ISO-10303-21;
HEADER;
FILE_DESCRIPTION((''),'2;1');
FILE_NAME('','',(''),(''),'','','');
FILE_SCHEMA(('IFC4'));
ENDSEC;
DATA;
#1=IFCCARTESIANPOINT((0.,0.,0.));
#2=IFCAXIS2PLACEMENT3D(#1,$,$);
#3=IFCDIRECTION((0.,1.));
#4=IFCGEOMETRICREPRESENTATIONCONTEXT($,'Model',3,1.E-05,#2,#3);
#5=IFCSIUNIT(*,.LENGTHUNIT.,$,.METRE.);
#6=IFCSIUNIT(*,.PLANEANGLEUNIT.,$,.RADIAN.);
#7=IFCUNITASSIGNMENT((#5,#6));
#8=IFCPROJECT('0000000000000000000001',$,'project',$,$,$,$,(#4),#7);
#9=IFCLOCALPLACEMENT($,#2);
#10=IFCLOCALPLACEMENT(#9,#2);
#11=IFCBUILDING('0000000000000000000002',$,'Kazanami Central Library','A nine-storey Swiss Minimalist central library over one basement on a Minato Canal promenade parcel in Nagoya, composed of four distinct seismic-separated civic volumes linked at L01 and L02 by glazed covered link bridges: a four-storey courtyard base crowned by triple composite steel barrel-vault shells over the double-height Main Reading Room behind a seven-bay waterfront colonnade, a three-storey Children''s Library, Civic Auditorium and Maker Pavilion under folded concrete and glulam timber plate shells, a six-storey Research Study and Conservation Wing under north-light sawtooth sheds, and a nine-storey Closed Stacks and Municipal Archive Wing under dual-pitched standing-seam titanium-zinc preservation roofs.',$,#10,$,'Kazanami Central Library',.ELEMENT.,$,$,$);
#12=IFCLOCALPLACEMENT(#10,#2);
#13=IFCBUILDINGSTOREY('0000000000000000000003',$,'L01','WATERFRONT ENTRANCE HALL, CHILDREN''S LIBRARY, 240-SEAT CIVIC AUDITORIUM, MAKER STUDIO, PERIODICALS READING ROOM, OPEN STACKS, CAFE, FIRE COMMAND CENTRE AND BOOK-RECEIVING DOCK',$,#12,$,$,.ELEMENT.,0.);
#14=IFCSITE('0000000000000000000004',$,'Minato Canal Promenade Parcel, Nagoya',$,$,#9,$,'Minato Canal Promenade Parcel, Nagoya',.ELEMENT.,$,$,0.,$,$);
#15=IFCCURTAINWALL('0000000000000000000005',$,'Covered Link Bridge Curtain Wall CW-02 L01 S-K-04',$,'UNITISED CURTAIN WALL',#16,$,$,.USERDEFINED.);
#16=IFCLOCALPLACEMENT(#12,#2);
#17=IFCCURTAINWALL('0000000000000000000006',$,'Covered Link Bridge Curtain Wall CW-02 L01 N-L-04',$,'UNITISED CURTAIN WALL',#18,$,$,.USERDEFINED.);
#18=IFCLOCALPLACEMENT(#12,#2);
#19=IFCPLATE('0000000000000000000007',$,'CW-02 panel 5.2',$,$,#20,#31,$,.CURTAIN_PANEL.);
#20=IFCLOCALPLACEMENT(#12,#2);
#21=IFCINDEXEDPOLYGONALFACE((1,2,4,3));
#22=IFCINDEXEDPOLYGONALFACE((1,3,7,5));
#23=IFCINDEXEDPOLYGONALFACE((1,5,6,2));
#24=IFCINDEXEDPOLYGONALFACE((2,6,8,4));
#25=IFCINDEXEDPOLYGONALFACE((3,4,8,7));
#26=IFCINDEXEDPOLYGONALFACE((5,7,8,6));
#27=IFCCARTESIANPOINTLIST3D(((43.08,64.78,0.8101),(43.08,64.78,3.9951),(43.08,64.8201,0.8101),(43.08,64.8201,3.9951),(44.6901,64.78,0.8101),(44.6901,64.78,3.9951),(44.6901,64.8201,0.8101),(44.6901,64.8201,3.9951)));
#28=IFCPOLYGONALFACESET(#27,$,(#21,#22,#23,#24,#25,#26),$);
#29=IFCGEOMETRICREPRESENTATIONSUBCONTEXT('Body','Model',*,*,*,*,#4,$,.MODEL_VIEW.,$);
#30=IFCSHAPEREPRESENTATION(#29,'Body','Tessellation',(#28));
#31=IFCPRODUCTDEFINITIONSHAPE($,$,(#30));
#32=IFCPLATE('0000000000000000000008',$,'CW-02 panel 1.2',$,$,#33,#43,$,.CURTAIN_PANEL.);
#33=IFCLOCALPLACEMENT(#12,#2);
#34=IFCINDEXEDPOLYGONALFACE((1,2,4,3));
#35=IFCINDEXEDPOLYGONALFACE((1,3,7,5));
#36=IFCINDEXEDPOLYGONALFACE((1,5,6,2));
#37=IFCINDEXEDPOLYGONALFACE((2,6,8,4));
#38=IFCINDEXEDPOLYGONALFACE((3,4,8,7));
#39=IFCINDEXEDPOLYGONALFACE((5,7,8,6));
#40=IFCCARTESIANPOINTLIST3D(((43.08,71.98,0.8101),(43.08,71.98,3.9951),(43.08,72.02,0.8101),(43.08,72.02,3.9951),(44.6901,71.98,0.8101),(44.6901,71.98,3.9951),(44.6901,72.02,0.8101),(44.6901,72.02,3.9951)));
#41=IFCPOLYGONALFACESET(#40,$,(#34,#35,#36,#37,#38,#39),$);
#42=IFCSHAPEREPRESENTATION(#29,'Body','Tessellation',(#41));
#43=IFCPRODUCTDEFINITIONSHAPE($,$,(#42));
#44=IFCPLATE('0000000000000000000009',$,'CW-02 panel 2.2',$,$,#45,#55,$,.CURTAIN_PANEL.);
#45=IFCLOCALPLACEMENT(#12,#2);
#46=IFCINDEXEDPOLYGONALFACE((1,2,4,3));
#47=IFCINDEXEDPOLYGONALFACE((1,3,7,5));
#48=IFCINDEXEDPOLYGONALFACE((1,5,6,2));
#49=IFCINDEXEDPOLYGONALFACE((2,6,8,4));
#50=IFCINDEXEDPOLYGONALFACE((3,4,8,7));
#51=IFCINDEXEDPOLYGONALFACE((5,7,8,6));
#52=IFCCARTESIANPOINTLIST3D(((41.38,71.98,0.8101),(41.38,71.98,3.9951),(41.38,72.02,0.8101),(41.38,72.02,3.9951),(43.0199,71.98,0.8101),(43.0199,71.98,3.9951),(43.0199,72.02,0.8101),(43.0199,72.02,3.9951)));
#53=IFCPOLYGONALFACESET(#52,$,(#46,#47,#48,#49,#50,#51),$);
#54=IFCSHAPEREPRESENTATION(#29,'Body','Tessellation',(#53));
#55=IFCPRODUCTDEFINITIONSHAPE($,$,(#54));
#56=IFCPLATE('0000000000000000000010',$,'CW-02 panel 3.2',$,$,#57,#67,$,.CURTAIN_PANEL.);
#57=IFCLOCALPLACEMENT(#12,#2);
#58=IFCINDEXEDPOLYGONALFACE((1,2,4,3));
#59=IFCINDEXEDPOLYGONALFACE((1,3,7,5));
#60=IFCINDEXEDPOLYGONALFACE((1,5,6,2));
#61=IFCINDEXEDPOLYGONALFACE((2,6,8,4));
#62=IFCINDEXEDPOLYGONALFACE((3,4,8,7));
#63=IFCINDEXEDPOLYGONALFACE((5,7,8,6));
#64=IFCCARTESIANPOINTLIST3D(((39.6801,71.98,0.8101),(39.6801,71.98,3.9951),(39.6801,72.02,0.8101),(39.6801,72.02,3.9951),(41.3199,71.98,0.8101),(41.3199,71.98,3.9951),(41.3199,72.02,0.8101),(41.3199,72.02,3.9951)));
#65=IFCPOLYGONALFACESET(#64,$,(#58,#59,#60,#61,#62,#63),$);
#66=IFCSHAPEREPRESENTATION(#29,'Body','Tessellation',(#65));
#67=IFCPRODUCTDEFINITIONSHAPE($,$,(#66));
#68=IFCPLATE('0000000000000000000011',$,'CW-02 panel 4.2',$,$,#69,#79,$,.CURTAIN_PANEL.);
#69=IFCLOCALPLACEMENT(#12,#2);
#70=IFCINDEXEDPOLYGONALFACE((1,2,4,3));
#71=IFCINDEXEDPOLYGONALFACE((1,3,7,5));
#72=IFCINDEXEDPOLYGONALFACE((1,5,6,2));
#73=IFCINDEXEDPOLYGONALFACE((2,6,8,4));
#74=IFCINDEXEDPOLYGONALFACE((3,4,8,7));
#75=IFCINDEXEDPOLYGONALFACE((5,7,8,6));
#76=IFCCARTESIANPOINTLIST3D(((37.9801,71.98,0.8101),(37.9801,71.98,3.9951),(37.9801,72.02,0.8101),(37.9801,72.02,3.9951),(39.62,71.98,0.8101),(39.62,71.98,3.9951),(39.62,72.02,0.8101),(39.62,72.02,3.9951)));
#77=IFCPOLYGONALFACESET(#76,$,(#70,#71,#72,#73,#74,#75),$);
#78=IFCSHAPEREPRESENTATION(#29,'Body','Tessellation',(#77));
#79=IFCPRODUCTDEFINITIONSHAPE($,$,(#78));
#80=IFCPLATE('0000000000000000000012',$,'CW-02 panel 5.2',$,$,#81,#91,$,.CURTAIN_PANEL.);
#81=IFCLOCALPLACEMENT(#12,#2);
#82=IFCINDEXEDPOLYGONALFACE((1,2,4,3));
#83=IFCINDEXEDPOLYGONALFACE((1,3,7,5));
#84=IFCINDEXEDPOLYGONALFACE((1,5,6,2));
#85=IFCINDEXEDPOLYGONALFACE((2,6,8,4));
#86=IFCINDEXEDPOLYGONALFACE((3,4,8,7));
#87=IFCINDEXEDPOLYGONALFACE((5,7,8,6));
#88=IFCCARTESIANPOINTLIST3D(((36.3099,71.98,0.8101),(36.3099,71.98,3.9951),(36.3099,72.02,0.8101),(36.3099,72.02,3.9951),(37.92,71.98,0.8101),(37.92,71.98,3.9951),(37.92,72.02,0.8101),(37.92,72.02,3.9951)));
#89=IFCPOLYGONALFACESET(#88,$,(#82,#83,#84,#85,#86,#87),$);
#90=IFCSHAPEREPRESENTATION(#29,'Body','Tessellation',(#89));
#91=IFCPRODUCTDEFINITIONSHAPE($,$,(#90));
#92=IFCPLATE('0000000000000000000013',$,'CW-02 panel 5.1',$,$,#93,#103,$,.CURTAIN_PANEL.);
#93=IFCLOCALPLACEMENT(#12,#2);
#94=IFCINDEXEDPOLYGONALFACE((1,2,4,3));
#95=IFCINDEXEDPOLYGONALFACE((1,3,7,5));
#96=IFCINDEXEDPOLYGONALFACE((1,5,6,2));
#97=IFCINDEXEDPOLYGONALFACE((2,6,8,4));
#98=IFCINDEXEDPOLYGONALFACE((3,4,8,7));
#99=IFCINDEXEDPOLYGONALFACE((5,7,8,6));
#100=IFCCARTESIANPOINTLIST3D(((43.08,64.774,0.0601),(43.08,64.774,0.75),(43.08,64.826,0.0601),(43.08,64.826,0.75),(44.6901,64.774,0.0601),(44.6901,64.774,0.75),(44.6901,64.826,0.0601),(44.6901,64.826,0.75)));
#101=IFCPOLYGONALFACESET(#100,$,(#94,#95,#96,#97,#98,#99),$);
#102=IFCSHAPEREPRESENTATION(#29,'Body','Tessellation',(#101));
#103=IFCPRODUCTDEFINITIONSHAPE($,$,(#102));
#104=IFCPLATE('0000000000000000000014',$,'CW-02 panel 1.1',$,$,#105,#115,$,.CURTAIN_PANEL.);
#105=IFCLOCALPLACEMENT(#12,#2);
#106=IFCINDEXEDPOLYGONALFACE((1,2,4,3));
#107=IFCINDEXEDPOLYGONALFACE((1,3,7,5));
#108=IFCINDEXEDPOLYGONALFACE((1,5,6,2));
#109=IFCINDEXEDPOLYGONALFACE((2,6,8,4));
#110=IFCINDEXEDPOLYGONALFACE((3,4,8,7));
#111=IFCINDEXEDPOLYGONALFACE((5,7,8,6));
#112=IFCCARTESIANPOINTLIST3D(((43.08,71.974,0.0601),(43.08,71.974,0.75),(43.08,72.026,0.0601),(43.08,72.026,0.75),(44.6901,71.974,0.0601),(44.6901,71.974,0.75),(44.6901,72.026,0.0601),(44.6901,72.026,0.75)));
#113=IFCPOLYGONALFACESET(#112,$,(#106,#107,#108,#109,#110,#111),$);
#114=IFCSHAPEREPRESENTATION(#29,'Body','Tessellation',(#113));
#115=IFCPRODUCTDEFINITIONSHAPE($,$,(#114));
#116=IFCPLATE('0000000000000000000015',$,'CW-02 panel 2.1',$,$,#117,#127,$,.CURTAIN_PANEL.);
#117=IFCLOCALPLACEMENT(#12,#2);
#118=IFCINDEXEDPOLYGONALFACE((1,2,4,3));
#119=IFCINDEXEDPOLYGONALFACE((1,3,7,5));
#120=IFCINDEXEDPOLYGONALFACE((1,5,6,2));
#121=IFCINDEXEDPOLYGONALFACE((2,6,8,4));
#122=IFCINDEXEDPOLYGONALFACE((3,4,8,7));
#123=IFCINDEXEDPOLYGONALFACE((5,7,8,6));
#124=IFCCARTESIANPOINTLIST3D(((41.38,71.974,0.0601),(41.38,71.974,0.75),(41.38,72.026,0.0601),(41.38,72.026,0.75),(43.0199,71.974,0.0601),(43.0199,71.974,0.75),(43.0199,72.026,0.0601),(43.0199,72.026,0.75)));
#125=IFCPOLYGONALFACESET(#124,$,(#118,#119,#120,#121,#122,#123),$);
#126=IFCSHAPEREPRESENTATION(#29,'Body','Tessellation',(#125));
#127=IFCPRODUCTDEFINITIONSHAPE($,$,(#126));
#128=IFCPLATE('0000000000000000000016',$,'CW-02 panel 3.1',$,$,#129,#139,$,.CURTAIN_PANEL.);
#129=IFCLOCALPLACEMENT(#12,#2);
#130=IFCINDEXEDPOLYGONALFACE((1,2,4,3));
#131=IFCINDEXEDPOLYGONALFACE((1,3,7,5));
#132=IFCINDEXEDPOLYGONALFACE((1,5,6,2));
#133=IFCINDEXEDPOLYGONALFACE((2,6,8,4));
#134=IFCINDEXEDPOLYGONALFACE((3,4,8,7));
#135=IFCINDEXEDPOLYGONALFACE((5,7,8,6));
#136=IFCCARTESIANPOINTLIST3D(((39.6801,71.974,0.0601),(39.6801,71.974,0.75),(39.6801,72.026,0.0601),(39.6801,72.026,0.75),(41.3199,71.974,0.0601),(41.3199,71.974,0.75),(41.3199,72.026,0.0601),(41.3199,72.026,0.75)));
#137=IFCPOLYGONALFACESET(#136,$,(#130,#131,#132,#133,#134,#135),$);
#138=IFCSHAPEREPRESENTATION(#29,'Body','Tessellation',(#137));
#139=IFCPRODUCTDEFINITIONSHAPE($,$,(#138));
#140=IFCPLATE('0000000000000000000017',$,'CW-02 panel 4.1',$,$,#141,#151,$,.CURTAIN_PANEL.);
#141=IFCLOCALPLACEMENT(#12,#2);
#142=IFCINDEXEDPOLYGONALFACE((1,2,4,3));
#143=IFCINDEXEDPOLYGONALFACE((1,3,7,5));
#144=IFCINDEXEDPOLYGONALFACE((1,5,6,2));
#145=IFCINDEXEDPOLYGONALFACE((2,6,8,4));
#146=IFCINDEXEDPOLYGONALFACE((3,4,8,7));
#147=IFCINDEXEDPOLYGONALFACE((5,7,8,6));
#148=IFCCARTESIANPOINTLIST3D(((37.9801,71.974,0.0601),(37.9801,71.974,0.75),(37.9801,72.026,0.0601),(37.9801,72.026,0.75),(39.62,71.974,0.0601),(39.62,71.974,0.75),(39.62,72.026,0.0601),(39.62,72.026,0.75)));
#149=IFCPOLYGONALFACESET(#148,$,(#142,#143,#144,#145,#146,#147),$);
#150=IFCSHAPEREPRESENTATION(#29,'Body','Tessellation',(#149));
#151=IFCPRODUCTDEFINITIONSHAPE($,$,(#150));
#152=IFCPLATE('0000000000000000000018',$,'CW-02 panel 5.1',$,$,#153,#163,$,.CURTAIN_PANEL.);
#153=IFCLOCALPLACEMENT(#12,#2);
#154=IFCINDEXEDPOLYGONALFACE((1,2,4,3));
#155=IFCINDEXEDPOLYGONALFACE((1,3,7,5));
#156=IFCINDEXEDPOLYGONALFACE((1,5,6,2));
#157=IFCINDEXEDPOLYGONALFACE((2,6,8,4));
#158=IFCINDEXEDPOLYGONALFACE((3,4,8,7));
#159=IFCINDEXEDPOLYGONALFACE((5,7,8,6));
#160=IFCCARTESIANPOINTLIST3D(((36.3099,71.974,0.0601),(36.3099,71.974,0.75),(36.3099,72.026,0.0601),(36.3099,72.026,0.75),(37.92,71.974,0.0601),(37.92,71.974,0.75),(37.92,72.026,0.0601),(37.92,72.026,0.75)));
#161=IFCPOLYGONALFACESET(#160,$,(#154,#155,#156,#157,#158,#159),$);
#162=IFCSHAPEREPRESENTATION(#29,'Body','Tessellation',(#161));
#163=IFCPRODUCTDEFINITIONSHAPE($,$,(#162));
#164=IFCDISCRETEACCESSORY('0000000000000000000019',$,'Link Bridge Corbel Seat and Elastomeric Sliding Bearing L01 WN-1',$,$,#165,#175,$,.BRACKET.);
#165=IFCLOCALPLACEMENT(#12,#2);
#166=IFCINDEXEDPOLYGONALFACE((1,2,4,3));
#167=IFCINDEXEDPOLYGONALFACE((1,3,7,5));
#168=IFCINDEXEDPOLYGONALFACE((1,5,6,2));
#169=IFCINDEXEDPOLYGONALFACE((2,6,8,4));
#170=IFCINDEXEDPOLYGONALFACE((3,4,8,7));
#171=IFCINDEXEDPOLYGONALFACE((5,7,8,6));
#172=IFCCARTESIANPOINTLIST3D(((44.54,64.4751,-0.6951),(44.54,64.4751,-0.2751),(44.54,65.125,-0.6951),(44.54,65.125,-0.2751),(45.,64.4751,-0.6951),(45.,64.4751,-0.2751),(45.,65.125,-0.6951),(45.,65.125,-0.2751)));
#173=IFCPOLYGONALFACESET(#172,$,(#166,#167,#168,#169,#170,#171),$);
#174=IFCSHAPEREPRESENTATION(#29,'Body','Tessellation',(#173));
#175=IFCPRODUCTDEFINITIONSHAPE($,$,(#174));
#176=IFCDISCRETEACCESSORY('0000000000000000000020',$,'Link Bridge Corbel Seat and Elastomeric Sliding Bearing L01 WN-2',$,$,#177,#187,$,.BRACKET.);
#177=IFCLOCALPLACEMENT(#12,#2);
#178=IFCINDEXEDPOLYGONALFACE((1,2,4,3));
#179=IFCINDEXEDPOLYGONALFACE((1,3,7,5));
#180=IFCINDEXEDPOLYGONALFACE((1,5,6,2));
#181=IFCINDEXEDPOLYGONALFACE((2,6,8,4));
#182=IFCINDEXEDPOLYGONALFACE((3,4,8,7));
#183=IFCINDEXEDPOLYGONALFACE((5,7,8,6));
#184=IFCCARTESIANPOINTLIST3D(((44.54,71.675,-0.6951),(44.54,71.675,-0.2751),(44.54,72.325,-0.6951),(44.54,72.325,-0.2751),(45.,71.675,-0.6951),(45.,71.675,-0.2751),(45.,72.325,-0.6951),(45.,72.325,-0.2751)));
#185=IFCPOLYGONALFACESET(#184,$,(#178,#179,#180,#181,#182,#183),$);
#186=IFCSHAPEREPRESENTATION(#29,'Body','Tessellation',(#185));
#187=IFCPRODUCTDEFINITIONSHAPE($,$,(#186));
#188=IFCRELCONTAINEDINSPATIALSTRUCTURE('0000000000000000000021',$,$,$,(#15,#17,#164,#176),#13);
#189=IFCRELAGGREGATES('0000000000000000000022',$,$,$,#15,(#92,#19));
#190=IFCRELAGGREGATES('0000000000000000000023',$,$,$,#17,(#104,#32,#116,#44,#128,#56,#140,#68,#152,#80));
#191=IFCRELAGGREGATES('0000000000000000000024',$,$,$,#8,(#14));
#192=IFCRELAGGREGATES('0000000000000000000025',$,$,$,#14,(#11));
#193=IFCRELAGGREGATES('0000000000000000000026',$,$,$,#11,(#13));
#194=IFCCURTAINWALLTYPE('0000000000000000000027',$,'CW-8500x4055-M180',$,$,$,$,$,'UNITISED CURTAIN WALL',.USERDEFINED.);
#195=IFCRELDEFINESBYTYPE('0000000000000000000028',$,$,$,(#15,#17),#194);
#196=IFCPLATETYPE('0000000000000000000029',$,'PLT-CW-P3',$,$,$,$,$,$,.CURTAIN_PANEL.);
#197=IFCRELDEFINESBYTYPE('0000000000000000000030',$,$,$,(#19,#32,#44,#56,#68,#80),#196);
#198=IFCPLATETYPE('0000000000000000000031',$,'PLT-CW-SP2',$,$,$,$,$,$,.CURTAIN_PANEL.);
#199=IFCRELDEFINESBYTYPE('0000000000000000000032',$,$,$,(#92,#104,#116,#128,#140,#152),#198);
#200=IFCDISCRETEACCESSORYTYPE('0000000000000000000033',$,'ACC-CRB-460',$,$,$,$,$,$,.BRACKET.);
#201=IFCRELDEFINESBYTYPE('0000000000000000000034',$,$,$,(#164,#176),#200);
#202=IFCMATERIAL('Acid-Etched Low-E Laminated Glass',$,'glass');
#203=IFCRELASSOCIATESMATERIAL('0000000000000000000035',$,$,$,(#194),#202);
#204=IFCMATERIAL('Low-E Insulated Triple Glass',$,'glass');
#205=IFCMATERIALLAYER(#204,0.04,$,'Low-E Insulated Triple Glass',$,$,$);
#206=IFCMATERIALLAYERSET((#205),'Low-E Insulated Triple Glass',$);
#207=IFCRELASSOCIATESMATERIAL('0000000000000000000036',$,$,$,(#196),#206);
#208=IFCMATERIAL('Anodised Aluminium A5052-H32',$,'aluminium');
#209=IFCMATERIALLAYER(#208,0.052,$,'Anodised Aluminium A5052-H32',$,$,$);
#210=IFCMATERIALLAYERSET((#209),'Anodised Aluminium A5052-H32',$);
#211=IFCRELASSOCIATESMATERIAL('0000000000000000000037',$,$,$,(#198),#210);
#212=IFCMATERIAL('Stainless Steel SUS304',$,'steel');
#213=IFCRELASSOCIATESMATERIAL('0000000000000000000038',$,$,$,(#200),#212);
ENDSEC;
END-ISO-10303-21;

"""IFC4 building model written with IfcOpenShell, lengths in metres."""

from ifc_helpers import new_model, si_unit, direction, frame, origin, origin_2d, place, context, subcontext, project, spatial, rectangle, extrude, material, layer, layer_set, type_object, element, aggregate, save


model = new_model("IFC4")

# Units and contexts
model_context = context("Model", 3, precision=1e-05, world=origin(), true_north=direction((0.0, 1.0)))
body_context = subcontext(model_context, "Body", "Model", "MODEL_VIEW")
ifc_project = project(units=[si_unit("LENGTHUNIT", "METRE"), si_unit("PLANEANGLEUNIT", "RADIAN")], contexts=[model_context])

# Site, building, storey
site_placement = place(None, origin())
site = spatial("IfcSite", under=ifc_project, at=site_placement, Name="Minato Canal Promenade Parcel, Nagoya", LongName="Minato Canal Promenade Parcel, Nagoya", CompositionType="ELEMENT", RefElevation=0.0)
building_placement = place(site_placement, origin())
building = spatial("IfcBuilding", under=site, at=building_placement, Name="Kazanami Central Library", Description="A nine-storey Swiss Minimalist central library over one basement on a Minato Canal promenade parcel in Nagoya, composed of four distinct seismic-separated civic volumes linked at L01 and L02 by glazed covered link bridges: a four-storey courtyard base crowned by triple composite steel barrel-vault shells over the double-height Main Reading Room behind a seven-bay waterfront colonnade, a three-storey Children's Library, Civic Auditorium and Maker Pavilion under folded concrete and glulam timber plate shells, a six-storey Research Study and Conservation Wing under north-light sawtooth sheds, and a nine-storey Closed Stacks and Municipal Archive Wing under dual-pitched standing-seam titanium-zinc preservation roofs.", LongName="Kazanami Central Library", CompositionType="ELEMENT")
storey_placement = place(building_placement, origin())
storey = spatial("IfcBuildingStorey", under=building, at=storey_placement, Name="L01", Description="WATERFRONT ENTRANCE HALL, CHILDREN'S LIBRARY, 240-SEAT CIVIC AUDITORIUM, MAKER STUDIO, PERIODICALS READING ROOM, OPEN STACKS, CAFE, FIRE COMMAND CENTRE AND BOOK-RECEIVING DOCK", CompositionType="ELEMENT", Elevation=0.0)

# Curtain wall
ifc_material_1 = material(Name="Acid-Etched Low-E Laminated Glass", Category="glass")
curtain_wall_type = type_object("IfcCurtainWallType", Name="CW-8500x4055-M180", ElementType="UNITISED CURTAIN WALL", PredefinedType="USERDEFINED", material=ifc_material_1)
curtain_wall_1_placement = place(storey_placement, origin())
curtain_wall_1 = element("IfcCurtainWall", 1, at=curtain_wall_1_placement, inside=storey, type_object=curtain_wall_type, Name="Covered Link Bridge Curtain Wall CW-02 L01 S-K-04", ObjectType="UNITISED CURTAIN WALL", PredefinedType="USERDEFINED")

# Curtain wall
curtain_wall_2_placement = place(storey_placement, origin())
curtain_wall_2 = element("IfcCurtainWall", 2, at=curtain_wall_2_placement, inside=storey, type_object=curtain_wall_type, Name="Covered Link Bridge Curtain Wall CW-02 L01 N-L-04", ObjectType="UNITISED CURTAIN WALL", PredefinedType="USERDEFINED")

# Plates
ifc_material_2 = material(Name="Low-E Insulated Triple Glass", Category="glass")
ifc_layer_1 = layer(ifc_material_2, 0.04, Name="Low-E Insulated Triple Glass")
ifc_layer_set_1 = layer_set([ifc_layer_1], Name="Low-E Insulated Triple Glass")
plate_type_1 = type_object("IfcPlateType", Name="PLT-CW-P3", PredefinedType="CURTAIN_PANEL", material=ifc_layer_set_1)
plate_1_placement = place(storey_placement, frame((43.885, 64.8, 0.8101), z_axis=(0.0, 0.0, 1.0), x_axis=(1.0, 0.0, 0.0)))
plate_1 = element("IfcPlate", 3, at=plate_1_placement, type_object=plate_type_1, Name="CW-02 panel 5.2", PredefinedType="CURTAIN_PANEL", context=body_context, shape_type="SweptSolid", body=[
    extrude(rectangle(XDim=1.6101, YDim=0.04, at=origin_2d()), origin(), (0.0, 0.0, 1.0), 3.1851),
])
plate_2_placement = place(storey_placement, frame((43.885, 72.0, 0.8101), z_axis=(0.0, 0.0, 1.0), x_axis=(-1.0, 0.0, 0.0)))
plate_2 = element("IfcPlate", 4, at=plate_2_placement, type_object=plate_type_1, Name="CW-02 panel 1.2", PredefinedType="CURTAIN_PANEL", context=body_context, shape_type="SweptSolid", body=[
    extrude(rectangle(XDim=1.6101, YDim=0.04, at=origin_2d()), origin(), (0.0, 0.0, 1.0), 3.1851),
])
plate_3_placement = place(storey_placement, frame((42.2, 72.0, 0.8101), z_axis=(0.0, 0.0, 1.0), x_axis=(-1.0, 0.0, 0.0)))
plate_3 = element("IfcPlate", 5, at=plate_3_placement, type_object=plate_type_1, Name="CW-02 panel 2.2", PredefinedType="CURTAIN_PANEL", context=body_context, shape_type="SweptSolid", body=[
    extrude(rectangle(XDim=1.6399, YDim=0.04, at=origin_2d()), origin(), (0.0, 0.0, 1.0), 3.1851),
])
plate_4_placement = place(storey_placement, frame((40.5, 72.0, 0.8101), z_axis=(0.0, 0.0, 1.0), x_axis=(-1.0, 0.0, 0.0)))
plate_4 = element("IfcPlate", 6, at=plate_4_placement, type_object=plate_type_1, Name="CW-02 panel 3.2", PredefinedType="CURTAIN_PANEL", context=body_context, shape_type="SweptSolid", body=[
    extrude(rectangle(XDim=1.6399, YDim=0.04, at=origin_2d()), origin(), (0.0, 0.0, 1.0), 3.1851),
])
plate_5_placement = place(storey_placement, frame((38.8, 72.0, 0.8101), z_axis=(0.0, 0.0, 1.0), x_axis=(-1.0, 0.0, 0.0)))
plate_5 = element("IfcPlate", 7, at=plate_5_placement, type_object=plate_type_1, Name="CW-02 panel 4.2", PredefinedType="CURTAIN_PANEL", context=body_context, shape_type="SweptSolid", body=[
    extrude(rectangle(XDim=1.6399, YDim=0.04, at=origin_2d()), origin(), (0.0, 0.0, 1.0), 3.1851),
])
plate_6_placement = place(storey_placement, frame((37.115, 72.0, 0.8101), z_axis=(0.0, 0.0, 1.0), x_axis=(-1.0, 0.0, 0.0)))
plate_6 = element("IfcPlate", 8, at=plate_6_placement, type_object=plate_type_1, Name="CW-02 panel 5.2", PredefinedType="CURTAIN_PANEL", context=body_context, shape_type="SweptSolid", body=[
    extrude(rectangle(XDim=1.6101, YDim=0.04, at=origin_2d()), origin(), (0.0, 0.0, 1.0), 3.1851),
])
ifc_material_3 = material(Name="Anodised Aluminium A5052-H32", Category="aluminium")
ifc_layer_2 = layer(ifc_material_3, 0.052, Name="Anodised Aluminium A5052-H32")
ifc_layer_set_2 = layer_set([ifc_layer_2], Name="Anodised Aluminium A5052-H32")
plate_type_2 = type_object("IfcPlateType", Name="PLT-CW-SP2", PredefinedType="CURTAIN_PANEL", material=ifc_layer_set_2)
plate_7_placement = place(storey_placement, frame((43.885, 64.8, 0.0601), z_axis=(0.0, 0.0, 1.0), x_axis=(1.0, 0.0, 0.0)))
plate_7 = element("IfcPlate", 9, at=plate_7_placement, type_object=plate_type_2, Name="CW-02 panel 5.1", PredefinedType="CURTAIN_PANEL", context=body_context, shape_type="SweptSolid", body=[
    extrude(rectangle(XDim=1.6101, YDim=0.052, at=origin_2d()), origin(), (0.0, 0.0, 1.0), 0.6899),
])
aggregate(curtain_wall_1, [plate_7, plate_1])
plate_8_placement = place(storey_placement, frame((43.885, 72.0, 0.0601), z_axis=(0.0, 0.0, 1.0), x_axis=(-1.0, 0.0, 0.0)))
plate_8 = element("IfcPlate", 10, at=plate_8_placement, type_object=plate_type_2, Name="CW-02 panel 1.1", PredefinedType="CURTAIN_PANEL", context=body_context, shape_type="SweptSolid", body=[
    extrude(rectangle(XDim=1.6101, YDim=0.052, at=origin_2d()), origin(), (0.0, 0.0, 1.0), 0.6899),
])
plate_9_placement = place(storey_placement, frame((42.2, 72.0, 0.0601), z_axis=(0.0, 0.0, 1.0), x_axis=(-1.0, 0.0, 0.0)))
plate_9 = element("IfcPlate", 11, at=plate_9_placement, type_object=plate_type_2, Name="CW-02 panel 2.1", PredefinedType="CURTAIN_PANEL", context=body_context, shape_type="SweptSolid", body=[
    extrude(rectangle(XDim=1.6399, YDim=0.052, at=origin_2d()), origin(), (0.0, 0.0, 1.0), 0.6899),
])
plate_10_placement = place(storey_placement, frame((40.5, 72.0, 0.0601), z_axis=(0.0, 0.0, 1.0), x_axis=(-1.0, 0.0, 0.0)))
plate_10 = element("IfcPlate", 12, at=plate_10_placement, type_object=plate_type_2, Name="CW-02 panel 3.1", PredefinedType="CURTAIN_PANEL", context=body_context, shape_type="SweptSolid", body=[
    extrude(rectangle(XDim=1.6399, YDim=0.052, at=origin_2d()), origin(), (0.0, 0.0, 1.0), 0.6899),
])
plate_11_placement = place(storey_placement, frame((38.8, 72.0, 0.0601), z_axis=(0.0, 0.0, 1.0), x_axis=(-1.0, 0.0, 0.0)))
plate_11 = element("IfcPlate", 13, at=plate_11_placement, type_object=plate_type_2, Name="CW-02 panel 4.1", PredefinedType="CURTAIN_PANEL", context=body_context, shape_type="SweptSolid", body=[
    extrude(rectangle(XDim=1.6399, YDim=0.052, at=origin_2d()), origin(), (0.0, 0.0, 1.0), 0.6899),
])
plate_12_placement = place(storey_placement, frame((37.115, 72.0, 0.0601), z_axis=(0.0, 0.0, 1.0), x_axis=(-1.0, 0.0, 0.0)))
plate_12 = element("IfcPlate", 14, at=plate_12_placement, type_object=plate_type_2, Name="CW-02 panel 5.1", PredefinedType="CURTAIN_PANEL", context=body_context, shape_type="SweptSolid", body=[
    extrude(rectangle(XDim=1.6101, YDim=0.052, at=origin_2d()), origin(), (0.0, 0.0, 1.0), 0.6899),
])
aggregate(curtain_wall_2, [plate_8, plate_2, plate_9, plate_3, plate_10, plate_4, plate_11, plate_5, plate_12, plate_6])

# Discrete accessories
ifc_material_4 = material(Name="Stainless Steel SUS304", Category="steel")
discrete_accessory_type = type_object("IfcDiscreteAccessoryType", Name="ACC-CRB-460", PredefinedType="BRACKET", material=ifc_material_4)
for number, where, z_axis, x_axis, name in (
    (15, (44.77, 64.8, -0.6951), (0.0, 0.0, 1.0), (1.0, 0.0, 0.0), "Link Bridge Corbel Seat and Elastomeric Sliding Bearing L01 WN-1"),
    (16, (44.77, 72.0, -0.6951), (0.0, 0.0, 1.0), (1.0, 0.0, 0.0), "Link Bridge Corbel Seat and Elastomeric Sliding Bearing L01 WN-2"),
):
    element("IfcDiscreteAccessory", number, at=place(storey_placement, frame(where, z_axis=z_axis, x_axis=x_axis)), inside=storey, type_object=discrete_accessory_type, Name=name, PredefinedType="BRACKET", context=body_context, shape_type="SweptSolid", body=[
        extrude(rectangle(XDim=0.46, YDim=0.6499, at=origin_2d()), origin(), (0.0, 0.0, 1.0), 0.4199),
    ])

save(model, "model.ifc")
